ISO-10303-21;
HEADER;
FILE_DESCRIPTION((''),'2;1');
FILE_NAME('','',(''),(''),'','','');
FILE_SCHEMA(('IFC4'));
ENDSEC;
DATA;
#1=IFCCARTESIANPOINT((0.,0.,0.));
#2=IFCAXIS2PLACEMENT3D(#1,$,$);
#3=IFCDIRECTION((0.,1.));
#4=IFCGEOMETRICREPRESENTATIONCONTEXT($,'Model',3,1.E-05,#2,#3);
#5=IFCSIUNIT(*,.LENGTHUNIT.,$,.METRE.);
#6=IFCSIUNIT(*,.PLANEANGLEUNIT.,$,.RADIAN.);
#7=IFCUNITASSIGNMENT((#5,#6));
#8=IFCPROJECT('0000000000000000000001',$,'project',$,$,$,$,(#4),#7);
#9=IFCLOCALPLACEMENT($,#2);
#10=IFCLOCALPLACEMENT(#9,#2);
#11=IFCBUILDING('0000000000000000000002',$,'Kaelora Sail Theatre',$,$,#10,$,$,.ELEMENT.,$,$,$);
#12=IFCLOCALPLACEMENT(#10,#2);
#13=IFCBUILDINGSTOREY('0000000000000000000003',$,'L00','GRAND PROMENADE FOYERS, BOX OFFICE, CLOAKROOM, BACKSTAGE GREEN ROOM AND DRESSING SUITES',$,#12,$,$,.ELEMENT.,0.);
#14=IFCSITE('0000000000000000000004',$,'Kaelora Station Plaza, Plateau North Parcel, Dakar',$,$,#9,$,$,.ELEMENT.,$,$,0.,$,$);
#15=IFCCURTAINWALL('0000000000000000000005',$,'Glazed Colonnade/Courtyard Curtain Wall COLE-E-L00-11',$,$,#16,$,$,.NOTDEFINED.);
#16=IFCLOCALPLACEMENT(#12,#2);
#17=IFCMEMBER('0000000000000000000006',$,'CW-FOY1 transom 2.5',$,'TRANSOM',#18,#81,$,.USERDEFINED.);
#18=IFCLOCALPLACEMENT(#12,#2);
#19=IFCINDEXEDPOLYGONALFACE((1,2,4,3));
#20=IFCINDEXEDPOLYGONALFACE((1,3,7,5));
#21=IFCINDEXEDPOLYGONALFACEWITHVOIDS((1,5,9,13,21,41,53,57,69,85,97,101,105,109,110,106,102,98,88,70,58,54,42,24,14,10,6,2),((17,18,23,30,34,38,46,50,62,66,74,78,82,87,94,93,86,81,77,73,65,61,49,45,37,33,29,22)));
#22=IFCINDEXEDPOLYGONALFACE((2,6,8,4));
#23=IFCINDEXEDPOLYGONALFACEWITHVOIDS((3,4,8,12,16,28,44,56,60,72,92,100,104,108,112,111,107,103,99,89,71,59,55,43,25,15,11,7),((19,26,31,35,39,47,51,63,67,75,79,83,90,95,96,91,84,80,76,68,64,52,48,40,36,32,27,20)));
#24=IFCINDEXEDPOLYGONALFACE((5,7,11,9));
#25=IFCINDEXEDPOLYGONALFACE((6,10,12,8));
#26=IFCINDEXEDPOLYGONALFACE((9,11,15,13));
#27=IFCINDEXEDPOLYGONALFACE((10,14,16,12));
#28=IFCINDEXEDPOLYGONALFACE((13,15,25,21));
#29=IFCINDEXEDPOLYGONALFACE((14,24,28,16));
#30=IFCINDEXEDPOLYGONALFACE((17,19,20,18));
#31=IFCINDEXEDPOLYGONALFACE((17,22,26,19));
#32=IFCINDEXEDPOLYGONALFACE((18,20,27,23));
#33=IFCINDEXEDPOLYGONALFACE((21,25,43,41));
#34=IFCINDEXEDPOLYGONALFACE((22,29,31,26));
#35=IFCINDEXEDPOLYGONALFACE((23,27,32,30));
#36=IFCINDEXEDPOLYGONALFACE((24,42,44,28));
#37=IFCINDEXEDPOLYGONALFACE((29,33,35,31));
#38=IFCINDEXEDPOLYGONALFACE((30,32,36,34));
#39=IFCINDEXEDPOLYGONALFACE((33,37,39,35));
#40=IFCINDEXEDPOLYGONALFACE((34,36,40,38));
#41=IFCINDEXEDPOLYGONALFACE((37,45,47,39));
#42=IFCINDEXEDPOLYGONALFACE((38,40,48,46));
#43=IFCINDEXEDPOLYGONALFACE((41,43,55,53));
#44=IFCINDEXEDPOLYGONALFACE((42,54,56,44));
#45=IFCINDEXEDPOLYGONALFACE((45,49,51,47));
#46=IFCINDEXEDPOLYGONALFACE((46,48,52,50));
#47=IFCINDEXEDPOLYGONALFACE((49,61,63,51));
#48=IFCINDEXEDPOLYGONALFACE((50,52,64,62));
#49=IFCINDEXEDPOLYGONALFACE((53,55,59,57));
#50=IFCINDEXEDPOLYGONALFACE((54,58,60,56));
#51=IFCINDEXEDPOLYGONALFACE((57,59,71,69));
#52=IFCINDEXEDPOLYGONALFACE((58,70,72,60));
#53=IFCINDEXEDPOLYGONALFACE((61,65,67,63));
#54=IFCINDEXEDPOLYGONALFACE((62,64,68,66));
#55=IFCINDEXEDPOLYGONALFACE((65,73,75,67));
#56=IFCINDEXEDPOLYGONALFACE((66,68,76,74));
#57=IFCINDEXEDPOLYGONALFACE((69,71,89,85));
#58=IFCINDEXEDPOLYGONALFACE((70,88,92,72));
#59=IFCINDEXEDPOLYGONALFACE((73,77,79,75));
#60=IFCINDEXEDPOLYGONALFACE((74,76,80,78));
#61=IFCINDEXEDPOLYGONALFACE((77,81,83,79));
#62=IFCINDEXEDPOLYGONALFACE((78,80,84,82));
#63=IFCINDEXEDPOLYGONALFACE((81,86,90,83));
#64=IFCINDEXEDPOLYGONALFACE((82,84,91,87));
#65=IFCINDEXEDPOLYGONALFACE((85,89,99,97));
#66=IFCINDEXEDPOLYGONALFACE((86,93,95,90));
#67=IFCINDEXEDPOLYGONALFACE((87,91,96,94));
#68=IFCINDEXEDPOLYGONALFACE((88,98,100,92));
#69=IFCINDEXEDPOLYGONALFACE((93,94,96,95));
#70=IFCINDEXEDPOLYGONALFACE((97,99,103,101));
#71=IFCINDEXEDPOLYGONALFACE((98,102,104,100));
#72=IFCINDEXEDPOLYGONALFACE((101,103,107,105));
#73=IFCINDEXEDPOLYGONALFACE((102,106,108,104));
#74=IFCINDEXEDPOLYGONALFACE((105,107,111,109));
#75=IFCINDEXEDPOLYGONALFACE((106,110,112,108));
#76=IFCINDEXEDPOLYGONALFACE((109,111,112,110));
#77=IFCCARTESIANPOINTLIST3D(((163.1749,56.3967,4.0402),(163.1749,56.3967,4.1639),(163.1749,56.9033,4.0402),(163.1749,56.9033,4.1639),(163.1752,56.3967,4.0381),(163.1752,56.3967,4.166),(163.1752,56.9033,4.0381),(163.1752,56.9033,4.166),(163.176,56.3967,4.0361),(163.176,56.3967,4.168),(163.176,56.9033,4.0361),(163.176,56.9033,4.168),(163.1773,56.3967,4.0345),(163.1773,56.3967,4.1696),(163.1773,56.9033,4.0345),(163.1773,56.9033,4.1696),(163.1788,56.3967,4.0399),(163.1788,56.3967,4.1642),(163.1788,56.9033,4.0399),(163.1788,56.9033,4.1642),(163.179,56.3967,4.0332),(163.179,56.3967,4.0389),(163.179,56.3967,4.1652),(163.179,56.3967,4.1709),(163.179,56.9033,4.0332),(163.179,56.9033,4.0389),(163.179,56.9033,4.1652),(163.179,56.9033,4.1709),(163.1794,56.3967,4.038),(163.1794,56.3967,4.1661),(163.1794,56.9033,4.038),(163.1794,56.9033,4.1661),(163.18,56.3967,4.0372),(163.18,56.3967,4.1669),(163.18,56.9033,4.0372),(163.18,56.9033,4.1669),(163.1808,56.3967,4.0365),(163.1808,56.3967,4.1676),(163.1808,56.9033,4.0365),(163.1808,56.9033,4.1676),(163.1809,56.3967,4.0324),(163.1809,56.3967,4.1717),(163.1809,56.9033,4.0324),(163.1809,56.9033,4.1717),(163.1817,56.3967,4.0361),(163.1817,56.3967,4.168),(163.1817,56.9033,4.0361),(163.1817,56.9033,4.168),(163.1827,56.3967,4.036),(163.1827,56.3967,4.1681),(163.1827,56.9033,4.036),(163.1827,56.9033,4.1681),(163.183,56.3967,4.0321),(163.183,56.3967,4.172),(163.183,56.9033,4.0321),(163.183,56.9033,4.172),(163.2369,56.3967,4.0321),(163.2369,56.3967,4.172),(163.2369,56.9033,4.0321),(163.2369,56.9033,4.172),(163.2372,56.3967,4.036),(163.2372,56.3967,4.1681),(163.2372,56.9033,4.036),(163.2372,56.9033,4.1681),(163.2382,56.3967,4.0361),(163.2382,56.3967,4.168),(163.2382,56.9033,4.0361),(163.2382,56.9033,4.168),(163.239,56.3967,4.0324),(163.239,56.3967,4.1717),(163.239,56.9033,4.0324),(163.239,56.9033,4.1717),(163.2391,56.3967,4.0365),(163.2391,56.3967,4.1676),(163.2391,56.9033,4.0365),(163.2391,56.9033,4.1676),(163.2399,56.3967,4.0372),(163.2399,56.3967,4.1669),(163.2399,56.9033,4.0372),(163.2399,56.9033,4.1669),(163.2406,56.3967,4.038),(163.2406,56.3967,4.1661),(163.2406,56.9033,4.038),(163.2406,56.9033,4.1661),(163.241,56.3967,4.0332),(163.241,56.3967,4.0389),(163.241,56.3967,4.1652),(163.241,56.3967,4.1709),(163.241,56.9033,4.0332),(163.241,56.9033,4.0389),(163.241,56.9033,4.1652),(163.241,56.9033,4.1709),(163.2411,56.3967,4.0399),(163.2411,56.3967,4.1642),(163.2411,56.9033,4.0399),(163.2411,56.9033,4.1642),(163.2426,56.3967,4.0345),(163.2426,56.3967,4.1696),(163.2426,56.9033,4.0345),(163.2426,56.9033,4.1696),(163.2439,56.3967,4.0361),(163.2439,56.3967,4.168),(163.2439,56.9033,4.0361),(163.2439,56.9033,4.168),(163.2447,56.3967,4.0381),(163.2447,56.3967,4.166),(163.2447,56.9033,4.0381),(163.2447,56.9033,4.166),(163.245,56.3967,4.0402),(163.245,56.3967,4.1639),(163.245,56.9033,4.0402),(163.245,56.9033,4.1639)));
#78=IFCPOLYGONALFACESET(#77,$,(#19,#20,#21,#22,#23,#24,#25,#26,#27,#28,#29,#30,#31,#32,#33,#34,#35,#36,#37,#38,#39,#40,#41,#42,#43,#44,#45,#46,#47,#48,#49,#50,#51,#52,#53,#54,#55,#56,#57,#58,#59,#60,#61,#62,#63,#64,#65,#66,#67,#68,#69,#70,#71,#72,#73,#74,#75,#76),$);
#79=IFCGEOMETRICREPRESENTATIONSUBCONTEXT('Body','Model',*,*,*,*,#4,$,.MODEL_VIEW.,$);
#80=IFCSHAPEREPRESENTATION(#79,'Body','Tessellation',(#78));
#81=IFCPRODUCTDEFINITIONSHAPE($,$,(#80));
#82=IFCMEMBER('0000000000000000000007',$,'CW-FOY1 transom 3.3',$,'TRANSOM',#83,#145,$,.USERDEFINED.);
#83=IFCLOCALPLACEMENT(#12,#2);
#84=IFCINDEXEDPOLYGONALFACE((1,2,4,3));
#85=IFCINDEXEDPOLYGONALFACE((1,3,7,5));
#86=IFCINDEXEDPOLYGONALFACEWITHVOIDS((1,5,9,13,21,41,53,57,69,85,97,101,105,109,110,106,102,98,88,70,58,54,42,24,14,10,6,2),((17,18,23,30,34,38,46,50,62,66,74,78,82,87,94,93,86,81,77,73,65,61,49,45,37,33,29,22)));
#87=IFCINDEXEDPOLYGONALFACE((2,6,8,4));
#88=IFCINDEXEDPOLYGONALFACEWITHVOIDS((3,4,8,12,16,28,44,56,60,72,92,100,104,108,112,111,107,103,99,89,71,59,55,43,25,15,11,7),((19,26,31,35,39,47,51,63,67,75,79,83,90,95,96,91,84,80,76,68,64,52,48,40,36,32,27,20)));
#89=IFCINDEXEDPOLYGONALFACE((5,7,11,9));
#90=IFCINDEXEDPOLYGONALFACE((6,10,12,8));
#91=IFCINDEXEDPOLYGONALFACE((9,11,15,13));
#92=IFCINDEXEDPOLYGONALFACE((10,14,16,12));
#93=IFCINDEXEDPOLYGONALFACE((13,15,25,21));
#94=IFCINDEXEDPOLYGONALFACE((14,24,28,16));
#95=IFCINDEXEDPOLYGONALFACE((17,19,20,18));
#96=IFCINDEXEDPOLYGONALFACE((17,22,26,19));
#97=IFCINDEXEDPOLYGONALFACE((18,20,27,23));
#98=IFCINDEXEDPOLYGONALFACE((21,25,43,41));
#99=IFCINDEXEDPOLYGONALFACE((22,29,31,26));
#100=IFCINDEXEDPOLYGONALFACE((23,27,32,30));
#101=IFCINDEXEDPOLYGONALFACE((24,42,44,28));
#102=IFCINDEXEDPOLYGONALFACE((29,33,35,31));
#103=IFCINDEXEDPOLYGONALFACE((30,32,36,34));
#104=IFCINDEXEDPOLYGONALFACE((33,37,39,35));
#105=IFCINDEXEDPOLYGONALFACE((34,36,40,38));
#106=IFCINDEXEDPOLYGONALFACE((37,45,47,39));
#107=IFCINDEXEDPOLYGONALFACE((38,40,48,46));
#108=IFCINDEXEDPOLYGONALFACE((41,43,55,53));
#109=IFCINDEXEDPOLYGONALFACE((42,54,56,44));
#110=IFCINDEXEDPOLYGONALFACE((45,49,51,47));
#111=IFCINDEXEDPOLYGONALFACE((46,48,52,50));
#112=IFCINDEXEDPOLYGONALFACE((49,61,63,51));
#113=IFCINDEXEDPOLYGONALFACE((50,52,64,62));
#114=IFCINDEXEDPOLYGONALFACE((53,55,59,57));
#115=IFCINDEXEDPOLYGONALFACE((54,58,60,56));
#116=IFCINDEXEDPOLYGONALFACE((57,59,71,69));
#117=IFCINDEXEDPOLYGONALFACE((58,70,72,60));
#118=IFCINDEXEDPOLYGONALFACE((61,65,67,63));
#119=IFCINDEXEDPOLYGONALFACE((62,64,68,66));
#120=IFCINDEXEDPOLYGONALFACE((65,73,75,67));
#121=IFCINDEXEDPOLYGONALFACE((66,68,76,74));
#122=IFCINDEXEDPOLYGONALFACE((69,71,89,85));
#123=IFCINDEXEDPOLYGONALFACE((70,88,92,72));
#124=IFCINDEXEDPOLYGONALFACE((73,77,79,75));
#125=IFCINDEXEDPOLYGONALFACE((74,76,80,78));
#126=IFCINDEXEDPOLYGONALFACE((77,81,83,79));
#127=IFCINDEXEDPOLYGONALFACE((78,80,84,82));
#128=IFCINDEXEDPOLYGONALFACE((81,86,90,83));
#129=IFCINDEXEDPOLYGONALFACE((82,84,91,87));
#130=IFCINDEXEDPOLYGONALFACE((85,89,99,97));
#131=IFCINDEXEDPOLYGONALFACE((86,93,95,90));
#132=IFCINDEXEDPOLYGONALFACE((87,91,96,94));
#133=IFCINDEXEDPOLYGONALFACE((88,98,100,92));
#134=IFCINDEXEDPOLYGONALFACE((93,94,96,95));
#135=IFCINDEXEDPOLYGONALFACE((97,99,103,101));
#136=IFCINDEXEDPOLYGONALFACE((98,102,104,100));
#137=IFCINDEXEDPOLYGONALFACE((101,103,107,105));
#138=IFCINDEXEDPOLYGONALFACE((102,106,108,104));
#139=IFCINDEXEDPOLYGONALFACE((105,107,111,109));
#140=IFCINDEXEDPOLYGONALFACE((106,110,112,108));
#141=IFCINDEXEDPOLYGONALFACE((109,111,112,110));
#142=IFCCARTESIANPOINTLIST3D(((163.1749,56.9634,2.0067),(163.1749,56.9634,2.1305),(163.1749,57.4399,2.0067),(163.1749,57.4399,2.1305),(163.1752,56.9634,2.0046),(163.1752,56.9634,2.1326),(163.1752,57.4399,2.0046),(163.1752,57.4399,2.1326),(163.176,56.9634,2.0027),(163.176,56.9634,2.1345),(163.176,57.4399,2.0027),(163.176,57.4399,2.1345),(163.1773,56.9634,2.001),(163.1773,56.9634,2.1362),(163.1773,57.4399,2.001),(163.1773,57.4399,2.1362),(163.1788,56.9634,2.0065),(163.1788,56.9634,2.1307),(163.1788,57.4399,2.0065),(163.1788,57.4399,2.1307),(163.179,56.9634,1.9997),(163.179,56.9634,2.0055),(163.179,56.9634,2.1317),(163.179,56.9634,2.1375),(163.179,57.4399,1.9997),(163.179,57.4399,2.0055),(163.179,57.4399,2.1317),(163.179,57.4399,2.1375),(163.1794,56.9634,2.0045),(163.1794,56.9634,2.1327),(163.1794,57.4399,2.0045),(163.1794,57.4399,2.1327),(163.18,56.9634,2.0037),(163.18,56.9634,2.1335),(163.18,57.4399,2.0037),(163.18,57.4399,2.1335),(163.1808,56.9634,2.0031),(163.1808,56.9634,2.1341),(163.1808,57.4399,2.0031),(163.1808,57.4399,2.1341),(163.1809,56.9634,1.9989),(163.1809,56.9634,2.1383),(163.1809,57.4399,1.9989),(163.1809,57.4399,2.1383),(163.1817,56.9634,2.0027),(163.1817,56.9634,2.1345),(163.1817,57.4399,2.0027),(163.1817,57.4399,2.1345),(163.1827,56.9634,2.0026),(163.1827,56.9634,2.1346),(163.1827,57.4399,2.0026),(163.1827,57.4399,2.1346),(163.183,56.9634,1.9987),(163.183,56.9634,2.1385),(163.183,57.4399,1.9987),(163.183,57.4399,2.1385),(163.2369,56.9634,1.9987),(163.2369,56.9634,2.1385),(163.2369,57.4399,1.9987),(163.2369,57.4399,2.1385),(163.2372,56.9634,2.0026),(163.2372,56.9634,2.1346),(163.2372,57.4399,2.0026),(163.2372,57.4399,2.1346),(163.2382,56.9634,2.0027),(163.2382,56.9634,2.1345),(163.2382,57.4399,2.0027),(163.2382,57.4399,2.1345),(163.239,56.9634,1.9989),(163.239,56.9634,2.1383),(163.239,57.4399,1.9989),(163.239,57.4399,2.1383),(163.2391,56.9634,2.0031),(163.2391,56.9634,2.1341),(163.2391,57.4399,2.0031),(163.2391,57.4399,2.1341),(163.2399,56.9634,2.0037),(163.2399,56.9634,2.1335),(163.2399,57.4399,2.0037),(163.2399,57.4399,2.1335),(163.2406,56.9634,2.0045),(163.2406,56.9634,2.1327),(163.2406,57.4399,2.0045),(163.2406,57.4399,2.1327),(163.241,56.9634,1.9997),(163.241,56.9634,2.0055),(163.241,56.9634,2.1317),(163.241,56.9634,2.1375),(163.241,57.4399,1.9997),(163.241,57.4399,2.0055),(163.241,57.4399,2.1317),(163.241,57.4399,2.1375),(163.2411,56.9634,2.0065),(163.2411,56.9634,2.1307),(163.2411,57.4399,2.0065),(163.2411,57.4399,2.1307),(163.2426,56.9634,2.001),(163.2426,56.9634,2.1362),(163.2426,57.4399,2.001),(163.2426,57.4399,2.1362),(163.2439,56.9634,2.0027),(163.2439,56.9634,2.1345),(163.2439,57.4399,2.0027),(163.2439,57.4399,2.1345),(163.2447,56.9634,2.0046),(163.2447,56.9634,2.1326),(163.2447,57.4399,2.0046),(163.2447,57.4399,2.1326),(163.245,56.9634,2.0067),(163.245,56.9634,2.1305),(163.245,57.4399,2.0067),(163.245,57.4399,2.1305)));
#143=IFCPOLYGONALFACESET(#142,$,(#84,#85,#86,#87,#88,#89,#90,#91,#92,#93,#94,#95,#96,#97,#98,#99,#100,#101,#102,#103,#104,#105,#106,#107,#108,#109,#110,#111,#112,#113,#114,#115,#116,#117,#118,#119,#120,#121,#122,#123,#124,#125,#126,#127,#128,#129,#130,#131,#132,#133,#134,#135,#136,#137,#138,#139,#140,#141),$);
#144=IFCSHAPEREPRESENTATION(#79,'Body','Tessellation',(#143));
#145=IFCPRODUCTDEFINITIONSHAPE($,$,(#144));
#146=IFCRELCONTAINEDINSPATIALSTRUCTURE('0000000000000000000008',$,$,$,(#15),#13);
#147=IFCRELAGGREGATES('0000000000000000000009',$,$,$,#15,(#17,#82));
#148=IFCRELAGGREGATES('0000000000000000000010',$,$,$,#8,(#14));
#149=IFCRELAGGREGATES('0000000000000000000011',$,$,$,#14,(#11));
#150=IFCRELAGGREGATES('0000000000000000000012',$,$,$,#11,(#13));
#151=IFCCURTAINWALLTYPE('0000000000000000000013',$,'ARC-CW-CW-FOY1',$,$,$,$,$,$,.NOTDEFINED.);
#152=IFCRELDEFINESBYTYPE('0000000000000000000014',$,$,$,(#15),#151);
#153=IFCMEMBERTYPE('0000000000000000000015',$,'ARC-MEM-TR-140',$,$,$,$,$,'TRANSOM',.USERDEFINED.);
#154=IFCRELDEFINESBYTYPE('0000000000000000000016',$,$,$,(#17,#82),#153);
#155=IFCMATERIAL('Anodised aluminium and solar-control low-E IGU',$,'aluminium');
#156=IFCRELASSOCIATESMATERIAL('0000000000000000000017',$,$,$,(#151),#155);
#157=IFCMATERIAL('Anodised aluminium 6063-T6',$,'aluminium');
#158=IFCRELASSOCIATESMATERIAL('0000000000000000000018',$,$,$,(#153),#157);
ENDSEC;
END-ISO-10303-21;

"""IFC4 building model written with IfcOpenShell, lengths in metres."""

from ifc_helpers import new_model, si_unit, direction, frame, origin, origin_2d, place, context, subcontext, project, spatial, hollow_rectangle, extrude, material, material_profile, profile_set, type_object, element, aggregate, save


model = new_model("IFC4")

# Units and contexts
model_context = context("Model", 3, precision=1e-05, world=origin(), true_north=direction((0.0, 1.0)))
body_context = subcontext(model_context, "Body", "Model", "MODEL_VIEW")
ifc_project = project(units=[si_unit("LENGTHUNIT", "METRE"), si_unit("PLANEANGLEUNIT", "RADIAN")], contexts=[model_context])

# Site, building, storey
site_placement = place(None, origin())
site = spatial("IfcSite", under=ifc_project, at=site_placement, Name="Kaelora Station Plaza, Plateau North Parcel, Dakar", CompositionType="ELEMENT", RefElevation=0.0)
building_placement = place(site_placement, origin())
building = spatial("IfcBuilding", under=site, at=building_placement, Name="Kaelora Sail Theatre", CompositionType="ELEMENT")
storey_placement = place(building_placement, origin())
storey = spatial("IfcBuildingStorey", under=building, at=storey_placement, Name="L00", Description="GRAND PROMENADE FOYERS, BOX OFFICE, CLOAKROOM, BACKSTAGE GREEN ROOM AND DRESSING SUITES", CompositionType="ELEMENT", Elevation=0.0)

# Curtain wall, members
ifc_material_1 = material(Name="Anodised aluminium and solar-control low-E IGU", Category="aluminium")
curtain_wall_type = type_object("IfcCurtainWallType", Name="ARC-CW-CW-FOY1", PredefinedType="NOTDEFINED", material=ifc_material_1)
ifc_material_2 = material(Name="Anodised aluminium 6063-T6", Category="aluminium")
ifc_material_profile = material_profile(ifc_material_2, hollow_rectangle(XDim=0.0701, YDim=0.1399, WallThickness=0.0039, InnerFilletRadius=0.0039, OuterFilletRadius=0.0081, at=origin_2d()), Name="ALU-TRAN 70x140x4")
ifc_profile_set = profile_set([ifc_material_profile], Name="Anodised aluminium 6063-T6")
member_type = type_object("IfcMemberType", Name="ARC-MEM-TR-140", ElementType="TRANSOM", PredefinedType="USERDEFINED", material=ifc_profile_set)
curtain_wall_1_placement = place(storey_placement, origin())
curtain_wall_1 = element("IfcCurtainWall", 1, at=curtain_wall_1_placement, inside=storey, type_object=curtain_wall_type, Name="Glazed Colonnade/Courtyard Curtain Wall COLE-E-L00-11", PredefinedType="NOTDEFINED")
member_1_placement = place(storey_placement, frame((163.21, 56.3967, 4.1021), z_axis=(0.0, 1.0, 0.0), x_axis=(-1.0, 0.0, 0.0)))
member_1 = element("IfcMember", 2, at=member_1_placement, type_object=member_type, Name="CW-FOY1 transom 2.5", ObjectType="TRANSOM", PredefinedType="USERDEFINED", context=body_context, shape_type="SweptSolid", body=[
    extrude(hollow_rectangle(XDim=0.0701, YDim=0.1399, WallThickness=0.0039, InnerFilletRadius=0.0039, OuterFilletRadius=0.0081, at=origin_2d()), origin(), (0.0, 0.0, 1.0), 0.5066),
])
member_2_placement = place(storey_placement, frame((163.21, 56.9634, 2.0686), z_axis=(0.0, 1.0, 0.0), x_axis=(-1.0, 0.0, 0.0)))
member_2 = element("IfcMember", 3, at=member_2_placement, type_object=member_type, Name="CW-FOY1 transom 3.3", ObjectType="TRANSOM", PredefinedType="USERDEFINED", context=body_context, shape_type="SweptSolid", body=[
    extrude(hollow_rectangle(XDim=0.0701, YDim=0.1399, WallThickness=0.0039, InnerFilletRadius=0.0039, OuterFilletRadius=0.0081, at=origin_2d()), origin(), (0.0, 0.0, 1.0), 0.4766),
])

aggregate(curtain_wall_1, [member_1, member_2])

save(model, "model.ifc")
